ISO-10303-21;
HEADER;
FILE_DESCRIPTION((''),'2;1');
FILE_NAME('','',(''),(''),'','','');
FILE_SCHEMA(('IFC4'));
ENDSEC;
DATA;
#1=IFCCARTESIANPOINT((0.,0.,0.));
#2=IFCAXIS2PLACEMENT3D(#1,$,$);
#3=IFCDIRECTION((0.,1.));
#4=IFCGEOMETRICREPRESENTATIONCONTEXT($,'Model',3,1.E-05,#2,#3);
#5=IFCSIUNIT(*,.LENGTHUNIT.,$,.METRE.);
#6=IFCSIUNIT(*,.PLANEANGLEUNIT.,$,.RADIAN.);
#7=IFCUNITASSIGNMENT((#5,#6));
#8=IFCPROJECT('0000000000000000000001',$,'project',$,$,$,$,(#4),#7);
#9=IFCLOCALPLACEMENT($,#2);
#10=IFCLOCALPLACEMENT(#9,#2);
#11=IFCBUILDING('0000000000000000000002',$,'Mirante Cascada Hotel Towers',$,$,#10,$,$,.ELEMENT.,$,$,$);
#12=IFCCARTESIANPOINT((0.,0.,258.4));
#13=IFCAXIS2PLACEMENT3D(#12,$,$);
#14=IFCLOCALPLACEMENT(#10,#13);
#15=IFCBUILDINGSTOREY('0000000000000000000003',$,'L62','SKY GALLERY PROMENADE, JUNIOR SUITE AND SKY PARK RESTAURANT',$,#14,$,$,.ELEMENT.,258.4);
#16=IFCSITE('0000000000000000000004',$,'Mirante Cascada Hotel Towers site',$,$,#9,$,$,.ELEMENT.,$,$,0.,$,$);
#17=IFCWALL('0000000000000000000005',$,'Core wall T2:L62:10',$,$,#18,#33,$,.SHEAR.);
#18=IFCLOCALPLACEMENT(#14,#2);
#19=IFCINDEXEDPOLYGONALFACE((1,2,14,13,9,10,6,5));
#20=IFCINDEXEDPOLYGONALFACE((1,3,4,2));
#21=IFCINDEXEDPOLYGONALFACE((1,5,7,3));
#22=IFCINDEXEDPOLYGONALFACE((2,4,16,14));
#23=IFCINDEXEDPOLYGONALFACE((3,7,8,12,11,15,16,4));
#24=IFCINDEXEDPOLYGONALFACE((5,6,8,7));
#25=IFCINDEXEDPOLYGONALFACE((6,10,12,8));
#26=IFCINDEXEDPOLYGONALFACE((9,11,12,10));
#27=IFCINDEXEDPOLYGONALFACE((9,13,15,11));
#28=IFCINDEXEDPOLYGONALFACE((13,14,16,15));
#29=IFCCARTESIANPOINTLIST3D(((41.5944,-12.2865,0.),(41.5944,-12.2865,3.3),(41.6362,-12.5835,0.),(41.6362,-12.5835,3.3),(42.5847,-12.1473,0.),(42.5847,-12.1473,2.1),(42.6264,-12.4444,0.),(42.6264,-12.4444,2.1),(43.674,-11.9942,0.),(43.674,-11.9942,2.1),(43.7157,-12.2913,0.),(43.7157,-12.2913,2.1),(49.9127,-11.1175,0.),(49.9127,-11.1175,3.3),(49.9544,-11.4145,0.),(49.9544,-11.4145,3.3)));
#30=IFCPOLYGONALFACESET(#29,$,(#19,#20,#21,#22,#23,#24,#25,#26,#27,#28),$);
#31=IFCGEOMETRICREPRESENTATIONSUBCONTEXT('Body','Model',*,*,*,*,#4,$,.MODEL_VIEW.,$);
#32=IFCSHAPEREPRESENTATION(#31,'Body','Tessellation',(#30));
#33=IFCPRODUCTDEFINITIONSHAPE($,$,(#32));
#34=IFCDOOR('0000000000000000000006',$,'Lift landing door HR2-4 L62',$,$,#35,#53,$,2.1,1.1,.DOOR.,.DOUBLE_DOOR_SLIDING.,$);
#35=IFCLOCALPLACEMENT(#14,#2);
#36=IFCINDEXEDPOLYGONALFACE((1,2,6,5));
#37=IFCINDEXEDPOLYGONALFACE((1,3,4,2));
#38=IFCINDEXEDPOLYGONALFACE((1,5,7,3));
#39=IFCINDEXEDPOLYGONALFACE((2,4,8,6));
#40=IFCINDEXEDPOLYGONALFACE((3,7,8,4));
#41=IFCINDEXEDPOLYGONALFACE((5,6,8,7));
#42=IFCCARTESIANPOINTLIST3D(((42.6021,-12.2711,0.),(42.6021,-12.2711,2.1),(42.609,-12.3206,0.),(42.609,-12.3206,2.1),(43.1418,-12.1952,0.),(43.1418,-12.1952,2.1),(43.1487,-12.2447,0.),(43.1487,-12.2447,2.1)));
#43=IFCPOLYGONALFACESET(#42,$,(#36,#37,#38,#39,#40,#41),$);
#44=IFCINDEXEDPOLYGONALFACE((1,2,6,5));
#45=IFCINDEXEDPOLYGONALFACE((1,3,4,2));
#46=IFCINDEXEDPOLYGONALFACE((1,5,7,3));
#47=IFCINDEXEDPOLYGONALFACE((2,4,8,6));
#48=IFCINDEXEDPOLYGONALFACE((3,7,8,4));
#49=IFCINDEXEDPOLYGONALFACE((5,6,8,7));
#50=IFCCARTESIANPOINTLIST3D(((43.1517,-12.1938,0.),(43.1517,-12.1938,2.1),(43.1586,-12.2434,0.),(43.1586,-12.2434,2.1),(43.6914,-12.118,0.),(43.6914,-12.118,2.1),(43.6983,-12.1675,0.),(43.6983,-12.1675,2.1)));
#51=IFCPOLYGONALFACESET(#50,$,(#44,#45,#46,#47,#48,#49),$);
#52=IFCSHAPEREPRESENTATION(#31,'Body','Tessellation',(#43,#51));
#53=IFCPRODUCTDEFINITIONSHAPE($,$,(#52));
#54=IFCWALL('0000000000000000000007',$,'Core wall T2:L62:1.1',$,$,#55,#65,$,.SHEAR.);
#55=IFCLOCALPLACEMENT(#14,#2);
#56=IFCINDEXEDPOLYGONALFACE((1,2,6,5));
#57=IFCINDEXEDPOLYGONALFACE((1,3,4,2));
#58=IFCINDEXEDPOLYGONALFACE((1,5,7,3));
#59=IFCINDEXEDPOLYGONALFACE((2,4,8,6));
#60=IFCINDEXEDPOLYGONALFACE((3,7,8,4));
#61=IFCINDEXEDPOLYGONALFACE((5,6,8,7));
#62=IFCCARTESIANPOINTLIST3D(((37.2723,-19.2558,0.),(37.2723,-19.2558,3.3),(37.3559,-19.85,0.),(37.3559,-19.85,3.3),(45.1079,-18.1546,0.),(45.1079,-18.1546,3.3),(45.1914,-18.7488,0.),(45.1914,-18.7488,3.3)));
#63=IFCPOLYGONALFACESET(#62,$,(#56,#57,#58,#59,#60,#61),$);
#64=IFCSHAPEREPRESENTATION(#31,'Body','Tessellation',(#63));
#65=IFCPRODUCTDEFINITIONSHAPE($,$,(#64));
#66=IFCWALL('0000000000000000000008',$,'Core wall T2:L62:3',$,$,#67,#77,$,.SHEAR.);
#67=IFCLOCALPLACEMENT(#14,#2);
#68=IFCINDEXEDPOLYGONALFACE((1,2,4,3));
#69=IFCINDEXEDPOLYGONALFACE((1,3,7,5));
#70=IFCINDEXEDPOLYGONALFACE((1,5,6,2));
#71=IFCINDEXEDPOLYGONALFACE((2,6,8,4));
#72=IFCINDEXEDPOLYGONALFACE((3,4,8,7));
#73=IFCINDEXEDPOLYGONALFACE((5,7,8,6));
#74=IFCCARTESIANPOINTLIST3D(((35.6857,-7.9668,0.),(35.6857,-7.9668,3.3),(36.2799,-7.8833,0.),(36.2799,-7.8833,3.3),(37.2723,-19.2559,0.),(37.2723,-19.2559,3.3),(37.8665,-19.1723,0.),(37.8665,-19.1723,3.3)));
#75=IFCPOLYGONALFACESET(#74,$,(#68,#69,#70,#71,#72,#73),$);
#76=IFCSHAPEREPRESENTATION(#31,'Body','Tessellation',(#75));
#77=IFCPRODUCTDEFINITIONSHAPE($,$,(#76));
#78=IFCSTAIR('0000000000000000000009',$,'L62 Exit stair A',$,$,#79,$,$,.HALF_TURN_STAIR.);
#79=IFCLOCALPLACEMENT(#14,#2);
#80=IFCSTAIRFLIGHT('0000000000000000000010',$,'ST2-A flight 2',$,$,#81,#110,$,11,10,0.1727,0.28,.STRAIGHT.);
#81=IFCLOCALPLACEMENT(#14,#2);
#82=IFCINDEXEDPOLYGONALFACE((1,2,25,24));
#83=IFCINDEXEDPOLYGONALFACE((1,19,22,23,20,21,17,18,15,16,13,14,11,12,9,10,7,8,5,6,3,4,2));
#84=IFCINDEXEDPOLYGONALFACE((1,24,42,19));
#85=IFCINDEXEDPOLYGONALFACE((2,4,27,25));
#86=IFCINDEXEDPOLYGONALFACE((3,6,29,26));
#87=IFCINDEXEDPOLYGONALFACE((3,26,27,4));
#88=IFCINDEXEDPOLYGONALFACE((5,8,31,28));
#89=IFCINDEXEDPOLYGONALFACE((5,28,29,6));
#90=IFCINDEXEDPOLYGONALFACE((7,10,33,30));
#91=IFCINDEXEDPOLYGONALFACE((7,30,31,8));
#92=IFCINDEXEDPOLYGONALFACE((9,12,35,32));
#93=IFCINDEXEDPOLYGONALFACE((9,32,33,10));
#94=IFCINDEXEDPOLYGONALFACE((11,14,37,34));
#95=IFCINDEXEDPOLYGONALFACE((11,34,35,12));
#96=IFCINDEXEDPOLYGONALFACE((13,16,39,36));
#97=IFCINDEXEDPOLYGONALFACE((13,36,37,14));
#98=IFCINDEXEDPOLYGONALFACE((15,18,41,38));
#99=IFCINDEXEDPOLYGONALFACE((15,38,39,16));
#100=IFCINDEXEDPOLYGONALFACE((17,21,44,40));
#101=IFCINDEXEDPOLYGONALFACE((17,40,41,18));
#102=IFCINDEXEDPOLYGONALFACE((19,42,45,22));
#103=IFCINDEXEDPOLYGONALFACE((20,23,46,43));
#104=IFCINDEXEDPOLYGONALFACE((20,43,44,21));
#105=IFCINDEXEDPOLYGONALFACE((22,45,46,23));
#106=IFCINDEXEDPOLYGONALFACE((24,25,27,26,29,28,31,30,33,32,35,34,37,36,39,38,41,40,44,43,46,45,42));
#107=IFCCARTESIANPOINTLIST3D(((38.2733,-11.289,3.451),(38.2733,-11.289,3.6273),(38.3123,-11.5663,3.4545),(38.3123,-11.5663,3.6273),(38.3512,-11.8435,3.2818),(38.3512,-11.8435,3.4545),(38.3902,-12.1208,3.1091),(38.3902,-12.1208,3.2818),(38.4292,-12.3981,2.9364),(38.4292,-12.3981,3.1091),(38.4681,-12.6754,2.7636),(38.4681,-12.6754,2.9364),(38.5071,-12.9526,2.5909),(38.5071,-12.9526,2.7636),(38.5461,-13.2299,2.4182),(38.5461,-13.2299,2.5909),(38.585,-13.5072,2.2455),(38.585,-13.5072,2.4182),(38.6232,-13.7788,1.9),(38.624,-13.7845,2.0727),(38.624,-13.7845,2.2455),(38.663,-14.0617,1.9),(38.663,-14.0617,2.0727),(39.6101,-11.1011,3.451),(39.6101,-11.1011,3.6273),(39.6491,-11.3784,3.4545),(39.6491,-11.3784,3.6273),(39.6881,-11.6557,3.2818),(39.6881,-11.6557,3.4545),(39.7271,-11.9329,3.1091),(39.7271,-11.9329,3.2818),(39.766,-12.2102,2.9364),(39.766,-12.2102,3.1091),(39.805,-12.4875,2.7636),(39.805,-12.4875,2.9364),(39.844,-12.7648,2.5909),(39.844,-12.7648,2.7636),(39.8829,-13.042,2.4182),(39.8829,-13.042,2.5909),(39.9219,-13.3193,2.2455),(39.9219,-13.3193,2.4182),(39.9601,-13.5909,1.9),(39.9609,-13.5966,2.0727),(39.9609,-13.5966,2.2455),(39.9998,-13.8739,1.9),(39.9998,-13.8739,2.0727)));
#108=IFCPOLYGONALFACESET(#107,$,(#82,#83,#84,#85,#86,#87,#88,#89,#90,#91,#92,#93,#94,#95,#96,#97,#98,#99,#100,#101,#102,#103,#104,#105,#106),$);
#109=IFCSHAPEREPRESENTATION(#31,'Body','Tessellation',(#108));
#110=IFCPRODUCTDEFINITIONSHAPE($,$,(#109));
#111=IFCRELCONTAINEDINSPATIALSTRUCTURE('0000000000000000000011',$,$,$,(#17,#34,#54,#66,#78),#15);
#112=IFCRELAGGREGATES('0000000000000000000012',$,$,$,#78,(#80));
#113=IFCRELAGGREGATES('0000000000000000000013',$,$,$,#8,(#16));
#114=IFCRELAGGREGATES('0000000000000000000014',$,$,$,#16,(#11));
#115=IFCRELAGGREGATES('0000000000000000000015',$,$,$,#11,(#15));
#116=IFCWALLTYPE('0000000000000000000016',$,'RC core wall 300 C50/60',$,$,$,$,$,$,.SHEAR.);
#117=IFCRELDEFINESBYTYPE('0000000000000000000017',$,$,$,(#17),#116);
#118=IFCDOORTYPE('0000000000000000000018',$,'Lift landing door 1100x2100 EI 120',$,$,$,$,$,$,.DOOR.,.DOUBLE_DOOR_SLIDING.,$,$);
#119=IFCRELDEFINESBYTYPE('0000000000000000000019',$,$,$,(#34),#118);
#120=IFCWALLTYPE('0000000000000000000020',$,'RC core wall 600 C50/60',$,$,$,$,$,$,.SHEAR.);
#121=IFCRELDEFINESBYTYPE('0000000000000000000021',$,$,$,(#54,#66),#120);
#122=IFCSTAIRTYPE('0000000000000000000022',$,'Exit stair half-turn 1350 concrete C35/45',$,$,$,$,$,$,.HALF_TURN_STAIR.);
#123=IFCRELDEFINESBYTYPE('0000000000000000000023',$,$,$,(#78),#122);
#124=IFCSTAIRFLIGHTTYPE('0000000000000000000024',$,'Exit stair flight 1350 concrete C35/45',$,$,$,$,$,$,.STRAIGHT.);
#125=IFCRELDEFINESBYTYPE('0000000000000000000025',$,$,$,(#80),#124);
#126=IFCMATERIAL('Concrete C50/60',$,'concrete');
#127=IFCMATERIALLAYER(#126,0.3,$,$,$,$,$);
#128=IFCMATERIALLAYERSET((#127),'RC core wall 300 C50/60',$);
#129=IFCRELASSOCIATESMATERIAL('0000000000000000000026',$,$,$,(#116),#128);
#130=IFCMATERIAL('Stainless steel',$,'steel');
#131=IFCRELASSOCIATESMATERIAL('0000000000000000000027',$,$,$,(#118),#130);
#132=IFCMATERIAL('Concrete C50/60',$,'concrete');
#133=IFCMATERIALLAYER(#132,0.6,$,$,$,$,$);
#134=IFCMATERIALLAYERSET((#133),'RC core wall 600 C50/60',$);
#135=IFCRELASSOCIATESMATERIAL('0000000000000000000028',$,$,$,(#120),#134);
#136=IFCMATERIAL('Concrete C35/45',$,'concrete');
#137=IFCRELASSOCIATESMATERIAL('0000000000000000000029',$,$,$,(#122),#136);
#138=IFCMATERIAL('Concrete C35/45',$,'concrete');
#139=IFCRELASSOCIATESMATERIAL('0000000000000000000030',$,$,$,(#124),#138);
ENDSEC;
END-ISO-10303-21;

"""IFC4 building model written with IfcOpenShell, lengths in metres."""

from ifc_helpers import new_model, si_unit, direction, frame, frame_2d, origin, place, context, subcontext, project, spatial, polyline, rectangle, outline, extrude, material, layer, layer_set, type_object, element, fill, aggregate, save


model = new_model("IFC4")

# Units and contexts
model_context = context("Model", 3, precision=1e-05, world=origin(), true_north=direction((0.0, 1.0)))
body_context = subcontext(model_context, "Body", "Model", "MODEL_VIEW")
ifc_project = project(units=[si_unit("LENGTHUNIT", "METRE"), si_unit("PLANEANGLEUNIT", "RADIAN")], contexts=[model_context])

# Site, building, storey
site_placement = place(None, origin())
site = spatial("IfcSite", under=ifc_project, at=site_placement, Name="Mirante Cascada Hotel Towers site", CompositionType="ELEMENT", RefElevation=0.0)
building_placement = place(site_placement, origin())
building = spatial("IfcBuilding", under=site, at=building_placement, Name="Mirante Cascada Hotel Towers", CompositionType="ELEMENT")
storey_placement = place(building_placement, frame((0.0, 0.0, 258.4)))
storey = spatial("IfcBuildingStorey", under=building, at=storey_placement, Name="L62", Description="SKY GALLERY PROMENADE, JUNIOR SUITE AND SKY PARK RESTAURANT", CompositionType="ELEMENT", Elevation=258.4)

# Shared definitions
ifc_material_1 = material(Name="Concrete C50/60", Category="concrete")
ifc_layer_1 = layer(ifc_material_1, 0.3)
ifc_layer_set_1 = layer_set([ifc_layer_1], Name="RC core wall 300 C50/60")
wall_type_1 = type_object("IfcWallType", Name="RC core wall 300 C50/60", PredefinedType="SHEAR", material=ifc_layer_set_1)

# Shared definitions
ifc_material_2 = material(Name="Stainless steel", Category="steel")
door_type_1 = type_object("IfcDoorType", Name="Lift landing door 1100x2100 EI 120", OperationType="DOUBLE_DOOR_SLIDING", PredefinedType="DOOR", material=ifc_material_2)

# Wall, opening, door
wall_1_placement = place(storey_placement, frame((41.6153, -12.435, 0.0), z_axis=(0.0, 0.0, 1.0), x_axis=(0.990269, 0.139166, 0.0)))
wall_1 = element("IfcWall", 1, at=wall_1_placement, inside=storey, type_object=wall_type_1, Name="Core wall T2:L62:10", PredefinedType="SHEAR", context=body_context, shape_type="SweptSolid", body=[
    extrude(rectangle(XDim=8.4, YDim=0.3, at=frame_2d((4.2, 0.0))), origin(), (0.0, 0.0, 1.0), 3.3),
])
opening_1_placement = place(wall_1_placement, frame((1.0, 0.0, 0.0)))
opening_1 = element("IfcOpeningElement", 2, at=opening_1_placement, cuts=wall_1, PredefinedType="OPENING", context=body_context, shape_type="SweptSolid", body=[
    extrude(rectangle(XDim=1.1, YDim=2.1, at=frame_2d((0.55, 1.05))), frame((0.0, 0.15, 0.0), z_axis=(0.0, -1.0, 0.0), x_axis=(1.0, 0.0, 0.0)), (0.0, 0.0, 1.0), 0.3),
])
door_1_placement = place(opening_1_placement, origin())
door_1 = element("IfcDoor", 3, at=door_1_placement, inside=storey, type_object=door_type_1, Name="Lift landing door HR2-4 L62", OperationType="DOUBLE_DOOR_SLIDING", OverallHeight=2.1, OverallWidth=1.1, PredefinedType="DOOR", context=body_context, shape_type="SweptSolid", body=[
    extrude(rectangle(XDim=0.545, YDim=2.1, at=frame_2d((0.2725, 1.05))), frame((0.0, 0.025, 0.0), z_axis=(0.0, -1.0, 0.0), x_axis=(1.0, 0.0, 0.0)), (0.0, 0.0, 1.0), 0.05),
    extrude(rectangle(XDim=0.545, YDim=2.1, at=frame_2d((0.8275, 1.05))), frame((0.0, 0.025, 0.0), z_axis=(0.0, -1.0, 0.0), x_axis=(1.0, 0.0, 0.0)), (0.0, 0.0, 1.0), 0.05),
])
fill(opening_1, door_1)

# Walls
ifc_material_3 = material(Name="Concrete C50/60", Category="concrete")
ifc_layer_2 = layer(ifc_material_3, 0.6)
ifc_layer_set_2 = layer_set([ifc_layer_2], Name="RC core wall 600 C50/60")
wall_type_2 = type_object("IfcWallType", Name="RC core wall 600 C50/60", PredefinedType="SHEAR", material=ifc_layer_set_2)
wall_2_placement = place(storey_placement, frame((37.3141, -19.5529, 0.0), z_axis=(0.0, 0.0, 1.0), x_axis=(0.990268, 0.13917, 0.0)))
element("IfcWall", 4, at=wall_2_placement, inside=storey, type_object=wall_type_2, Name="Core wall T2:L62:1.1", PredefinedType="SHEAR", context=body_context, shape_type="SweptSolid", body=[
    extrude(rectangle(XDim=7.9126, YDim=0.6, at=frame_2d((3.9563, 0.0))), origin(), (0.0, 0.0, 1.0), 3.3),
])
wall_3_placement = place(storey_placement, frame((37.5694, -19.2141, 0.0), z_axis=(0.0, 0.0, 1.0), x_axis=(-0.139175, 0.990268, 0.0)))
element("IfcWall", 5, at=wall_3_placement, inside=storey, type_object=wall_type_2, Name="Core wall T2:L62:3", PredefinedType="SHEAR", context=body_context, shape_type="SweptSolid", body=[
    extrude(rectangle(XDim=11.4, YDim=0.6, at=frame_2d((5.7, 0.0))), origin(), (0.0, 0.0, 1.0), 3.3),
])

# Stair, stair flight
ifc_material_4 = material(Name="Concrete C35/45", Category="concrete")
stair_type = type_object("IfcStairType", Name="Exit stair half-turn 1350 concrete C35/45", PredefinedType="HALF_TURN_STAIR", material=ifc_material_4)
stair_placement = place(storey_placement, origin())
stair = element("IfcStair", 6, at=stair_placement, inside=storey, type_object=stair_type, Name="L62 Exit stair A", PredefinedType="HALF_TURN_STAIR")
ifc_material_5 = material(Name="Concrete C35/45", Category="concrete")
stair_flight_type = type_object("IfcStairFlightType", Name="Exit stair flight 1350 concrete C35/45", PredefinedType="STRAIGHT", material=ifc_material_5)
stair_flight_placement = place(storey_placement, frame((39.3314, -13.9678, 1.9), z_axis=(0.0, 0.0, 1.0), x_axis=(-0.139173, 0.990268, 0.0)))
stair_flight = element("IfcStairFlight", 7, at=stair_flight_placement, type_object=stair_flight_type, Name="ST2-A flight 2", NumberOfRisers=11, NumberOfTreads=10, PredefinedType="STRAIGHT", RiserHeight=0.1727, TreadLength=0.28, context=body_context, shape_type="SweptSolid", body=[
    extrude(outline(polyline([(0.0, 0.0), (0.0, 0.1727), (0.28, 0.1727), (0.28, 0.3455), (0.56, 0.3455), (0.56, 0.5182), (0.84, 0.5182), (0.84, 0.6909), (1.12, 0.6909), (1.12, 0.8636), (1.4, 0.8636), (1.4, 1.0364), (1.68, 1.0364), (1.68, 1.2091), (1.96, 1.2091), (1.96, 1.3818), (2.24, 1.3818), (2.24, 1.5545), (2.52, 1.5545), (2.52, 1.7273), (2.8, 1.7273), (2.8, 1.9), (2.8, 1.551), (0.2857, 0.0), (0.0, 0.0)])), frame((0.0, 0.675, 0.0), z_axis=(0.0, -1.0, 0.0), x_axis=(1.0, 0.0, 0.0)), (0.0, 0.0, 1.0), 1.35),
])
aggregate(stair, [stair_flight])

save(model, "model.ifc")
